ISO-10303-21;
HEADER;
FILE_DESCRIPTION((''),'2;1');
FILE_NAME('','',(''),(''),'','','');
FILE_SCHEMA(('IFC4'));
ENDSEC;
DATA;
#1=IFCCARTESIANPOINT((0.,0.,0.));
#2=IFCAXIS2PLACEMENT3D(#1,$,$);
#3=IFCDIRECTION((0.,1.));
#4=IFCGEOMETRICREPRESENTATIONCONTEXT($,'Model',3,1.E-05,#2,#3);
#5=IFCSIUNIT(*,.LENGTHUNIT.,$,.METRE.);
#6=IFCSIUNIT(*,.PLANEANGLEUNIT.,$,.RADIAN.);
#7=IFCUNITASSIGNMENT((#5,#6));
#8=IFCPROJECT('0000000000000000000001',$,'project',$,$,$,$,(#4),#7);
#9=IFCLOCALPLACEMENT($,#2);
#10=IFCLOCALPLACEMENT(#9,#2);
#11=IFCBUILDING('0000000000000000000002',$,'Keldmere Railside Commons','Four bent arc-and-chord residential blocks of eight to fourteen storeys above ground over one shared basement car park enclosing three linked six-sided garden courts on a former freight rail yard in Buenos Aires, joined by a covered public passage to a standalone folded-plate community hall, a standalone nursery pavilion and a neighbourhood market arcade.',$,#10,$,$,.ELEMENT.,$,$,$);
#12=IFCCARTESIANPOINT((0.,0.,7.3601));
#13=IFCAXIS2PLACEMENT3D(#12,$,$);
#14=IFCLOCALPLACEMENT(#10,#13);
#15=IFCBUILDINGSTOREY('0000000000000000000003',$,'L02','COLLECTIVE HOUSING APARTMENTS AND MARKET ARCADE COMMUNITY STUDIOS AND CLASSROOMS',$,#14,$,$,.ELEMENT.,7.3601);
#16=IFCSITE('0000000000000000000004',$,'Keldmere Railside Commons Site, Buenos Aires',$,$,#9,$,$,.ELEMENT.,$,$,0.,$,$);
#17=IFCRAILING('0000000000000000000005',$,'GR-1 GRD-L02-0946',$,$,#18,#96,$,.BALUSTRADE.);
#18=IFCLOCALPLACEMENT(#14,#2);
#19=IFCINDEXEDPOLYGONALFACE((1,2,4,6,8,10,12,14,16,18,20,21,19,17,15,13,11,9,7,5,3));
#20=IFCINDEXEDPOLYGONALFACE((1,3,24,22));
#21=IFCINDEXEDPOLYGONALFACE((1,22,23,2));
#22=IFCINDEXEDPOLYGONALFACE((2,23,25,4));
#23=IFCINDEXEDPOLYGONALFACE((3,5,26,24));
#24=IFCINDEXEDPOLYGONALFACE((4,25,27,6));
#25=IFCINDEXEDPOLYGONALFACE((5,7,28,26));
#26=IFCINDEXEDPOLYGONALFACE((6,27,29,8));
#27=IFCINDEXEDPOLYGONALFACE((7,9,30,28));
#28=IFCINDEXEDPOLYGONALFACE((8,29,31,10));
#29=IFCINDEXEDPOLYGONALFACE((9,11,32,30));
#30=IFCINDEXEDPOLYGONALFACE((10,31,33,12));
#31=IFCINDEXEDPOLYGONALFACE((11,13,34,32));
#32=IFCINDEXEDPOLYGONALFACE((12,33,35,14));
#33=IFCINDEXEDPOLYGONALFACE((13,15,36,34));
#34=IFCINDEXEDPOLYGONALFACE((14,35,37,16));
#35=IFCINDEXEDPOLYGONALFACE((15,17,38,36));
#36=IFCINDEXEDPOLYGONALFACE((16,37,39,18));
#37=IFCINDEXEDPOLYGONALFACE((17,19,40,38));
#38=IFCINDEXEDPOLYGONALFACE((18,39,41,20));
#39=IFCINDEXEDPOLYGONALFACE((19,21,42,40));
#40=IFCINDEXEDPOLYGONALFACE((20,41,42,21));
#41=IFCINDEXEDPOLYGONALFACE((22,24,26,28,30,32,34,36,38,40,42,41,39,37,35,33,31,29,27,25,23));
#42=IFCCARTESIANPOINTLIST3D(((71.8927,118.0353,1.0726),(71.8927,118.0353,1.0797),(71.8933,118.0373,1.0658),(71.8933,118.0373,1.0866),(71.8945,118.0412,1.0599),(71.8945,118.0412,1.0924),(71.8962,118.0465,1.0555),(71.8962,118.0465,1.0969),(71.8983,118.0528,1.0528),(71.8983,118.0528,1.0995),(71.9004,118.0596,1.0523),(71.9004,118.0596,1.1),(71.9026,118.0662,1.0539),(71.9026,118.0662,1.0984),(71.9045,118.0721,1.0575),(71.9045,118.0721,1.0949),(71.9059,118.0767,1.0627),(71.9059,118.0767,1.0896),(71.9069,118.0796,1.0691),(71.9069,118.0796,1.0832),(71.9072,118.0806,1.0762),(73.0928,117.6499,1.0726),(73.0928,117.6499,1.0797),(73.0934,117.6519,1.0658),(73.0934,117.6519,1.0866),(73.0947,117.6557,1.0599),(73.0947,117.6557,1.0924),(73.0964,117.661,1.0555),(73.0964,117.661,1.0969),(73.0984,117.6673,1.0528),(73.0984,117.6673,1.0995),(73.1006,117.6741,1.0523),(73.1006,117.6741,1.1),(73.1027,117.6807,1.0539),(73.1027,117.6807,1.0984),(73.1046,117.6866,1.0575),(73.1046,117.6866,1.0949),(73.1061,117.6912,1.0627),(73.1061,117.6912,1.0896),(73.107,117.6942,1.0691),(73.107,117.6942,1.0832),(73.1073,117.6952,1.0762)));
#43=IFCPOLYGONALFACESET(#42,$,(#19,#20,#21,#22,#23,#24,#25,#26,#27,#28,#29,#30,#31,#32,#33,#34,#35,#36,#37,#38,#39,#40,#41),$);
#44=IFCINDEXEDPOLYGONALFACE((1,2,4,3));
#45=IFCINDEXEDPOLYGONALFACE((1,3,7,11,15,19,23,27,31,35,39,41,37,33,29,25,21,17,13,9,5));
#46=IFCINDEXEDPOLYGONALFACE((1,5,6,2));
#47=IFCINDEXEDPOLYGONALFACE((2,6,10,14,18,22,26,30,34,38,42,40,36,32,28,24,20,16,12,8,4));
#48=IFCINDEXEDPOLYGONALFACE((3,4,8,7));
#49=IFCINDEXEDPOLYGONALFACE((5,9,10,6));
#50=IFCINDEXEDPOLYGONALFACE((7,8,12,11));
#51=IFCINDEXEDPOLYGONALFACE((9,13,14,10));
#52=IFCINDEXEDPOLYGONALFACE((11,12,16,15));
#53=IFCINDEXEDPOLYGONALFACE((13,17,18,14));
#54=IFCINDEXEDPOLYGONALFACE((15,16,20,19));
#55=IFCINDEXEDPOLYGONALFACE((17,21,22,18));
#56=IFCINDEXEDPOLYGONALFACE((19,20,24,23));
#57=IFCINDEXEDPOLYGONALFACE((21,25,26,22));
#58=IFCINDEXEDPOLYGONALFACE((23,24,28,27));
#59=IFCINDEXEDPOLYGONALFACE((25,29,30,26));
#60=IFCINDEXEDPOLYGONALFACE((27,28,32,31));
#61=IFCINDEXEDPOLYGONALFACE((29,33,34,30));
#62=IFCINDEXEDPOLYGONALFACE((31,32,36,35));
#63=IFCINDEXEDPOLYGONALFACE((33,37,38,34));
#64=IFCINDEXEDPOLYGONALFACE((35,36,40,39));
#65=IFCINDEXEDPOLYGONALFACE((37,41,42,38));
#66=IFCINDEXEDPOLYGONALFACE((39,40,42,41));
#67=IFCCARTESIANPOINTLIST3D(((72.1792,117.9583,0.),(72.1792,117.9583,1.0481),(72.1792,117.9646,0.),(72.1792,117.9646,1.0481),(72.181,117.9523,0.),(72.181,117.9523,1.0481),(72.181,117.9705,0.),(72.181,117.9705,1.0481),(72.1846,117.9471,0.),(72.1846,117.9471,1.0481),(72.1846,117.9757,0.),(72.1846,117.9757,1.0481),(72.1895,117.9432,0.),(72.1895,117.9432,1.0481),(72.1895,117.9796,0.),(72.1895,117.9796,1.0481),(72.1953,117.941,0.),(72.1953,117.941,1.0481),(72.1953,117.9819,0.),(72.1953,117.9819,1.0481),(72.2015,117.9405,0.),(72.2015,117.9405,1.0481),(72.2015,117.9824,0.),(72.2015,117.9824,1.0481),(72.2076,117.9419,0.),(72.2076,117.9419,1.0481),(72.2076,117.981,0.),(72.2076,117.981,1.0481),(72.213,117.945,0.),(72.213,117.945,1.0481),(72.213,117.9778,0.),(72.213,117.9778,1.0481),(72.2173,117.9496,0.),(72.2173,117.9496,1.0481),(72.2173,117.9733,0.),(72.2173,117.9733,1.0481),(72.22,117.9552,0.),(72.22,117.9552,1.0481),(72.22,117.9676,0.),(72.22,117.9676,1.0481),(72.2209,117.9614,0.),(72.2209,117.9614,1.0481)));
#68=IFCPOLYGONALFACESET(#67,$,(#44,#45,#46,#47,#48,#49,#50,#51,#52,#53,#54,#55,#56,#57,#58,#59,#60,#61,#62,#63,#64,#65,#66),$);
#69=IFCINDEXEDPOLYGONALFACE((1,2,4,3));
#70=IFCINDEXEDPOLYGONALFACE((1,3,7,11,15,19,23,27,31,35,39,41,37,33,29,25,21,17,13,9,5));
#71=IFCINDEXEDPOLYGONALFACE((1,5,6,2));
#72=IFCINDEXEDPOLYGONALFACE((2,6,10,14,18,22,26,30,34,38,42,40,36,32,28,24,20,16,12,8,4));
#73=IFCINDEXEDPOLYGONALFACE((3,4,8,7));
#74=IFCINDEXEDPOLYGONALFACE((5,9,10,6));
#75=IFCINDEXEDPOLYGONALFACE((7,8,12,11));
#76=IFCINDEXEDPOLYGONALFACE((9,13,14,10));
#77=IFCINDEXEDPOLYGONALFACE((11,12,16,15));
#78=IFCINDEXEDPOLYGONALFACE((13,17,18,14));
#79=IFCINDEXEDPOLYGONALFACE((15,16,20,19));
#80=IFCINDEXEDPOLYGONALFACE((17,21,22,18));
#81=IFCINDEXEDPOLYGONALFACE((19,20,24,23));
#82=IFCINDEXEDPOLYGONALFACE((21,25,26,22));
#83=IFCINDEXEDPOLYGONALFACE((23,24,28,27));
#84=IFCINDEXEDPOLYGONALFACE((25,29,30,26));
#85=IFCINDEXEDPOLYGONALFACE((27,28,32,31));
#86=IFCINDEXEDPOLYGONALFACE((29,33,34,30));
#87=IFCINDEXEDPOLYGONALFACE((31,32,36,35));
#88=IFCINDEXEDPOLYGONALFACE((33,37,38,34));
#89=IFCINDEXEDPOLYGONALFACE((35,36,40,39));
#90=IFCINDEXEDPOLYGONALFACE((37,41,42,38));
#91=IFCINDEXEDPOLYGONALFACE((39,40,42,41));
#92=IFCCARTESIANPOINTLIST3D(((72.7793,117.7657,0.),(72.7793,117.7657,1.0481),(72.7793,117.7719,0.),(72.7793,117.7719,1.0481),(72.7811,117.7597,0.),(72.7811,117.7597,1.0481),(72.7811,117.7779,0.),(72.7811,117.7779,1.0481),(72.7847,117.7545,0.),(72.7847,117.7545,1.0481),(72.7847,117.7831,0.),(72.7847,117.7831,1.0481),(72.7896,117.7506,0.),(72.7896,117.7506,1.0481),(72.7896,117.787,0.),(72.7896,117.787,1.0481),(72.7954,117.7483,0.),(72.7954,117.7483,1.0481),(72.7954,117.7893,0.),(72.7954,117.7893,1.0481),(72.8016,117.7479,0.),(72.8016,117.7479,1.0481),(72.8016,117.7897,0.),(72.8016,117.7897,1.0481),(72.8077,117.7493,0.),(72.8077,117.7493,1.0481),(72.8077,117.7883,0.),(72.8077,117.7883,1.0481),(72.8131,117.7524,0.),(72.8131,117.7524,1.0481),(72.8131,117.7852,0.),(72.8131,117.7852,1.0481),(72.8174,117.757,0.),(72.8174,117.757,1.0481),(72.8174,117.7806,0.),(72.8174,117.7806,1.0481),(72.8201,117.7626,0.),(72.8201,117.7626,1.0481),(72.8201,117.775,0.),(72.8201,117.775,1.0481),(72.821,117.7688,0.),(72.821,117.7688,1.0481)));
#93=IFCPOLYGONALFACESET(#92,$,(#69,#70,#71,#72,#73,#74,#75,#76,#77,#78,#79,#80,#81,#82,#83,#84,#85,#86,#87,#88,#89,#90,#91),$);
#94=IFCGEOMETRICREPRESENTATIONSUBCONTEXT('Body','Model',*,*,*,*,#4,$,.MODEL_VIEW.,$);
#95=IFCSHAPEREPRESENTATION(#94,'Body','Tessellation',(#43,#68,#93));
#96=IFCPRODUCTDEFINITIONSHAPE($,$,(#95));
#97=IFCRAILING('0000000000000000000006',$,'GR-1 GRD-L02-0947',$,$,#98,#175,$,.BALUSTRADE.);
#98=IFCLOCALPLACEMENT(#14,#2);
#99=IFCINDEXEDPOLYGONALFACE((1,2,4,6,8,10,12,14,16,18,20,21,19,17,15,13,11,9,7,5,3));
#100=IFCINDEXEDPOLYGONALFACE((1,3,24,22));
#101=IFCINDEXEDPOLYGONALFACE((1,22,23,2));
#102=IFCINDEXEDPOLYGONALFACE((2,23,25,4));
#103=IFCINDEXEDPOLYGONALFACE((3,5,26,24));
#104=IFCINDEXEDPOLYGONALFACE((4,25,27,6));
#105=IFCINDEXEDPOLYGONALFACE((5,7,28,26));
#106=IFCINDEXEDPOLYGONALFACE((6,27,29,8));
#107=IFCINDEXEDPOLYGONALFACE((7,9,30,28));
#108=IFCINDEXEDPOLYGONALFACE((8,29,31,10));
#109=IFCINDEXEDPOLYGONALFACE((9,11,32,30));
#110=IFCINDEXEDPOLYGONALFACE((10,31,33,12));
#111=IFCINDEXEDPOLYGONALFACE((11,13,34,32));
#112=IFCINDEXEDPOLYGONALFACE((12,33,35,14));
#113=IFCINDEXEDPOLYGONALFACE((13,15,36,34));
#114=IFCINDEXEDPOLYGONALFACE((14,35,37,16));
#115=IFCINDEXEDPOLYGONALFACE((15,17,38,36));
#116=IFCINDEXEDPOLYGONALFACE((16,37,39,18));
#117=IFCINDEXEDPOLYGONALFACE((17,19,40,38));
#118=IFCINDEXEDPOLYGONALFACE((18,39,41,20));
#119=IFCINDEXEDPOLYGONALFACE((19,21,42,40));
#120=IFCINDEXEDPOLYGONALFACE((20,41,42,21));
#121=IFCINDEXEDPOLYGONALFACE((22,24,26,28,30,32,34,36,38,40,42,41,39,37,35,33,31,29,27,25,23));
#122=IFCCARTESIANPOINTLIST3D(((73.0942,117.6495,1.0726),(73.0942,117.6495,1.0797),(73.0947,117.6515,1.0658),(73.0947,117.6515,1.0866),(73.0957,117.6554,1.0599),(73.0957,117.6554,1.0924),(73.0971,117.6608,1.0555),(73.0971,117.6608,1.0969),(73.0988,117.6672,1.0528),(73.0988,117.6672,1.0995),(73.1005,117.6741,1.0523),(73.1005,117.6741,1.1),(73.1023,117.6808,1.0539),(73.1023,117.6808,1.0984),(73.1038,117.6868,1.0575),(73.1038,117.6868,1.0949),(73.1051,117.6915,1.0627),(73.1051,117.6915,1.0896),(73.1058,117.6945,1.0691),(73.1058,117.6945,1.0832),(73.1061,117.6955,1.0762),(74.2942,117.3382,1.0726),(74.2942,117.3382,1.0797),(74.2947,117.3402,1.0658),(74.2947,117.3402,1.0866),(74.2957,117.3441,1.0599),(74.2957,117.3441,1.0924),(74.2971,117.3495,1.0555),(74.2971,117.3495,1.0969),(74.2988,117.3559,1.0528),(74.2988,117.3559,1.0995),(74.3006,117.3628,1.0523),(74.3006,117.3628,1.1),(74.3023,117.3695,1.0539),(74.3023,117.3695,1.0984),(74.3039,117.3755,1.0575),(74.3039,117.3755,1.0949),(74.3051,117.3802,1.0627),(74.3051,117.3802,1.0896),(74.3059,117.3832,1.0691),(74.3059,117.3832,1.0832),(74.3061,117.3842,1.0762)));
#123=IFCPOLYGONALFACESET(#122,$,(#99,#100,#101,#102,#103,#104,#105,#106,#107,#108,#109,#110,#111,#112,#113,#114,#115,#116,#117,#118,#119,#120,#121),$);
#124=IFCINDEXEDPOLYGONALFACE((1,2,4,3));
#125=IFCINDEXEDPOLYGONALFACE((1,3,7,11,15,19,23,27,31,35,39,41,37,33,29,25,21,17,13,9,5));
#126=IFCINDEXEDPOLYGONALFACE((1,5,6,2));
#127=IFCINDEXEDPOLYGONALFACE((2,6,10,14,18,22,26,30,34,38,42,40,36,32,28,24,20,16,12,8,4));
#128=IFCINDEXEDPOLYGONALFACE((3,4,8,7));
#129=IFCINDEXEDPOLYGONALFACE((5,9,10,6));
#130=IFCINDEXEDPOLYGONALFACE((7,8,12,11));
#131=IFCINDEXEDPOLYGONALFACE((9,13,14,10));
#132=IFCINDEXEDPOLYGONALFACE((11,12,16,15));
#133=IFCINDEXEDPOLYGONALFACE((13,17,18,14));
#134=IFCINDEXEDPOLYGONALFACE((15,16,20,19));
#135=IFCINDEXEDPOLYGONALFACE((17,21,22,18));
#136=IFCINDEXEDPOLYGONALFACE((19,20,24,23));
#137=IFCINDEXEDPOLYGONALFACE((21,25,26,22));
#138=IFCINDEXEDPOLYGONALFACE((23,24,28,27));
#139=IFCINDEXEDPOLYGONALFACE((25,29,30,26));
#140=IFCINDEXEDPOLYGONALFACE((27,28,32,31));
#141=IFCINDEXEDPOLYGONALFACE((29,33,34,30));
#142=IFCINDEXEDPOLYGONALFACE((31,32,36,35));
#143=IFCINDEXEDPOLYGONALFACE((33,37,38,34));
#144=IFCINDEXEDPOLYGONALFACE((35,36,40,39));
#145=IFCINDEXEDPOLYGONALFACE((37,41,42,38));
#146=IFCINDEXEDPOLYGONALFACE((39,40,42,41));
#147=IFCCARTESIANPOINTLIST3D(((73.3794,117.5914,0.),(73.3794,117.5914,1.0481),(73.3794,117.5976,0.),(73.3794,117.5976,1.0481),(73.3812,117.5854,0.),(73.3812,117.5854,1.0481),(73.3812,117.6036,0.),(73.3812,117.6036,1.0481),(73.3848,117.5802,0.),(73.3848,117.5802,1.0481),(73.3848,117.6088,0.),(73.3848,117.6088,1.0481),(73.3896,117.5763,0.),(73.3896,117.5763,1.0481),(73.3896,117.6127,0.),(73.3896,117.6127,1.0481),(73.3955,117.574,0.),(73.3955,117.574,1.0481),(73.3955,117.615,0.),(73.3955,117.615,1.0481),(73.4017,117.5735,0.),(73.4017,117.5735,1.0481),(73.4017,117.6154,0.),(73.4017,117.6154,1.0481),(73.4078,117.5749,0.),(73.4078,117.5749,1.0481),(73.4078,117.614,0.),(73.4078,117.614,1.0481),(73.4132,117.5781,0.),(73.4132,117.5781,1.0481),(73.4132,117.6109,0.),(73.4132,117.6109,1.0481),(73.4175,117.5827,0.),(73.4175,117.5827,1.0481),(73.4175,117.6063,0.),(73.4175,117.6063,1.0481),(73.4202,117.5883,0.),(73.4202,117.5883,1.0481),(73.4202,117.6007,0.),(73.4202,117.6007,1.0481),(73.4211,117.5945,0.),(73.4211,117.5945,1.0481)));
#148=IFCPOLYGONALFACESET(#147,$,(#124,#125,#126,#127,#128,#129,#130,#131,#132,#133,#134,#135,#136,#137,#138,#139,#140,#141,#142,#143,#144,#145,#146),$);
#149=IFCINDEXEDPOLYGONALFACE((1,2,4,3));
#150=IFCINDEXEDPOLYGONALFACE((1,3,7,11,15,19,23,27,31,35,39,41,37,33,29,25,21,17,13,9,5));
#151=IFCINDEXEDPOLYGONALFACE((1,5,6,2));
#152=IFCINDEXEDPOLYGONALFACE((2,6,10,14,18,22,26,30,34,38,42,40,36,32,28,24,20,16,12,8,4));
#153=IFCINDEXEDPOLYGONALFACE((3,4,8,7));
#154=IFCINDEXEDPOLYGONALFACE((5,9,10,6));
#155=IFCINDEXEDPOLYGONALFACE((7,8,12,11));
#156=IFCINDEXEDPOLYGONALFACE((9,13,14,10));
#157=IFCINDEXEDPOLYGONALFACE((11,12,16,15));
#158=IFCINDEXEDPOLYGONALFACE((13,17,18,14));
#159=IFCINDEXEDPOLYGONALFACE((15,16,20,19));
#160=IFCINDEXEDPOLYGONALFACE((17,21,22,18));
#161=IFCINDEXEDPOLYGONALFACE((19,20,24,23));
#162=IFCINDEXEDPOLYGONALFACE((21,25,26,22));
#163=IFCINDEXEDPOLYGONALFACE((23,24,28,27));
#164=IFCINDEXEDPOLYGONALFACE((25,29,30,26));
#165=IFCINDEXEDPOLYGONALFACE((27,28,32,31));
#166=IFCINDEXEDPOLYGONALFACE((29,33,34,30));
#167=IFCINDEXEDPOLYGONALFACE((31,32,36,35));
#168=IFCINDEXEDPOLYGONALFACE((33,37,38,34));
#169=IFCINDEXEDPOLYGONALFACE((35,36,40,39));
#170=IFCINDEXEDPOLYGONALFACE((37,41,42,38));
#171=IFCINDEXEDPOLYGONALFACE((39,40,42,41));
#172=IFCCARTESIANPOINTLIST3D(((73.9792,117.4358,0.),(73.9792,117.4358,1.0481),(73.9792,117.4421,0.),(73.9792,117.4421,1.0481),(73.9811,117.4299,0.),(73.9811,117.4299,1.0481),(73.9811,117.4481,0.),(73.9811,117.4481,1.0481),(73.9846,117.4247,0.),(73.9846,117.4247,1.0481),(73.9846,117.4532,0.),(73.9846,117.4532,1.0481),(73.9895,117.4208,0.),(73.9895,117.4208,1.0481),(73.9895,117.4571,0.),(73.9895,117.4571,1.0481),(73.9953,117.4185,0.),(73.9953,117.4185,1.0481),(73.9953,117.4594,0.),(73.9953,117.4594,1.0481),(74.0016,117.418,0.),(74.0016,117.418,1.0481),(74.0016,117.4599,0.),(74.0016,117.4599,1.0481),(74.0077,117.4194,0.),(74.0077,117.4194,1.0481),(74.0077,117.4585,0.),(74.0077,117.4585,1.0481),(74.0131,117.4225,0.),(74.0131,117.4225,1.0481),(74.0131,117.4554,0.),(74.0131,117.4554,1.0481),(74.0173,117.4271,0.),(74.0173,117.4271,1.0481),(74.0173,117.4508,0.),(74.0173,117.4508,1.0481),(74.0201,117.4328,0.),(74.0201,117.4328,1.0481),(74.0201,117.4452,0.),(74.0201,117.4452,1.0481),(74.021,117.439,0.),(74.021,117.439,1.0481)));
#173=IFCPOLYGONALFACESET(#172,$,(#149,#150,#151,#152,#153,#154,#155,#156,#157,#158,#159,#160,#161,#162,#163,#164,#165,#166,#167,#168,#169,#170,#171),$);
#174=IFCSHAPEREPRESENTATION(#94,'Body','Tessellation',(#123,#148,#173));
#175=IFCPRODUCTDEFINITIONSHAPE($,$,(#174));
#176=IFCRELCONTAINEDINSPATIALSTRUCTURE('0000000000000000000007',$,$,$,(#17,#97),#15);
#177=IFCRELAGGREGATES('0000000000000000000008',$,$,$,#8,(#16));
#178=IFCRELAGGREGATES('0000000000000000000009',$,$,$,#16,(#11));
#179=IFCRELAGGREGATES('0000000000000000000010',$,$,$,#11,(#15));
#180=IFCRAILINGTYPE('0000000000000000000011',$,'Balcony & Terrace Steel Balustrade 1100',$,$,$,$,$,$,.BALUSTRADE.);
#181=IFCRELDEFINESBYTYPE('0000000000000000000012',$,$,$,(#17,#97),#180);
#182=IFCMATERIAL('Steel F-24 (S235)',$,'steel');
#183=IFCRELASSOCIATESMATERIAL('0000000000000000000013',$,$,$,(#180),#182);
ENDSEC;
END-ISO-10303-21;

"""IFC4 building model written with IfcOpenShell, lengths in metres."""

from ifc_helpers import new_model, si_unit, direction, frame, origin, origin_2d, place, context, subcontext, project, spatial, circle, extrude, material, type_object, element, save


model = new_model("IFC4")

# Units and contexts
model_context = context("Model", 3, precision=1e-05, world=origin(), true_north=direction((0.0, 1.0)))
body_context = subcontext(model_context, "Body", "Model", "MODEL_VIEW")
ifc_project = project(units=[si_unit("LENGTHUNIT", "METRE"), si_unit("PLANEANGLEUNIT", "RADIAN")], contexts=[model_context])

# Site, building, storey
site_placement = place(None, origin())
site = spatial("IfcSite", under=ifc_project, at=site_placement, Name="Keldmere Railside Commons Site, Buenos Aires", CompositionType="ELEMENT", RefElevation=0.0)
building_placement = place(site_placement, origin())
building = spatial("IfcBuilding", under=site, at=building_placement, Name="Keldmere Railside Commons", Description="Four bent arc-and-chord residential blocks of eight to fourteen storeys above ground over one shared basement car park enclosing three linked six-sided garden courts on a former freight rail yard in Buenos Aires, joined by a covered public passage to a standalone folded-plate community hall, a standalone nursery pavilion and a neighbourhood market arcade.", CompositionType="ELEMENT")
storey_placement = place(building_placement, frame((0.0, 0.0, 7.3601)))
storey = spatial("IfcBuildingStorey", under=building, at=storey_placement, Name="L02", Description="COLLECTIVE HOUSING APARTMENTS AND MARKET ARCADE COMMUNITY STUDIOS AND CLASSROOMS", CompositionType="ELEMENT", Elevation=7.3601)

# Railings
ifc_material_1 = material(Name="Steel F-24 (S235)", Category="steel")
railing_type = type_object("IfcRailingType", Name="Balcony & Terrace Steel Balustrade 1100", PredefinedType="BALUSTRADE", material=ifc_material_1)
railing_1_placement = place(storey_placement, frame((71.8999, 118.0579, 0.0)))
element("IfcRailing", 1, at=railing_1_placement, inside=storey, type_object=railing_type, Name="GR-1 GRD-L02-0946", PredefinedType="BALUSTRADE", context=body_context, shape_type="SweptSolid", body=[
    extrude(circle(Radius=0.0239, at=origin_2d()), frame((0.0, 0.0, 1.0762), z_axis=(0.952093, -0.305809, 0.0), x_axis=(0.305809, 0.952093, 0.0)), (0.0, 0.0, 1.0), 1.2605),
    extrude(circle(Radius=0.021, at=origin_2d()), frame((0.3, -0.0964, 0.0)), (0.0, 0.0, 1.0), 1.0481),
    extrude(circle(Radius=0.021, at=origin_2d()), frame((0.9001, -0.2891, 0.0)), (0.0, 0.0, 1.0), 1.0481),
])
railing_2_placement = place(storey_placement, frame((73.1001, 117.6724, 0.0)))
element("IfcRailing", 2, at=railing_2_placement, inside=storey, type_object=railing_type, Name="GR-1 GRD-L02-0947", PredefinedType="BALUSTRADE", context=body_context, shape_type="SweptSolid", body=[
    extrude(circle(Radius=0.0239, at=origin_2d()), frame((0.0, 0.0, 1.0762), z_axis=(0.967961, -0.251099, 0.0), x_axis=(0.251099, 0.967961, 0.0)), (0.0, 0.0, 1.0), 1.2397),
    extrude(circle(Radius=0.021, at=origin_2d()), frame((0.3, -0.0779, 0.0)), (0.0, 0.0, 1.0), 1.0481),
    extrude(circle(Radius=0.021, at=origin_2d()), frame((0.8999, -0.2334, 0.0)), (0.0, 0.0, 1.0), 1.0481),
])

save(model, "model.ifc")
